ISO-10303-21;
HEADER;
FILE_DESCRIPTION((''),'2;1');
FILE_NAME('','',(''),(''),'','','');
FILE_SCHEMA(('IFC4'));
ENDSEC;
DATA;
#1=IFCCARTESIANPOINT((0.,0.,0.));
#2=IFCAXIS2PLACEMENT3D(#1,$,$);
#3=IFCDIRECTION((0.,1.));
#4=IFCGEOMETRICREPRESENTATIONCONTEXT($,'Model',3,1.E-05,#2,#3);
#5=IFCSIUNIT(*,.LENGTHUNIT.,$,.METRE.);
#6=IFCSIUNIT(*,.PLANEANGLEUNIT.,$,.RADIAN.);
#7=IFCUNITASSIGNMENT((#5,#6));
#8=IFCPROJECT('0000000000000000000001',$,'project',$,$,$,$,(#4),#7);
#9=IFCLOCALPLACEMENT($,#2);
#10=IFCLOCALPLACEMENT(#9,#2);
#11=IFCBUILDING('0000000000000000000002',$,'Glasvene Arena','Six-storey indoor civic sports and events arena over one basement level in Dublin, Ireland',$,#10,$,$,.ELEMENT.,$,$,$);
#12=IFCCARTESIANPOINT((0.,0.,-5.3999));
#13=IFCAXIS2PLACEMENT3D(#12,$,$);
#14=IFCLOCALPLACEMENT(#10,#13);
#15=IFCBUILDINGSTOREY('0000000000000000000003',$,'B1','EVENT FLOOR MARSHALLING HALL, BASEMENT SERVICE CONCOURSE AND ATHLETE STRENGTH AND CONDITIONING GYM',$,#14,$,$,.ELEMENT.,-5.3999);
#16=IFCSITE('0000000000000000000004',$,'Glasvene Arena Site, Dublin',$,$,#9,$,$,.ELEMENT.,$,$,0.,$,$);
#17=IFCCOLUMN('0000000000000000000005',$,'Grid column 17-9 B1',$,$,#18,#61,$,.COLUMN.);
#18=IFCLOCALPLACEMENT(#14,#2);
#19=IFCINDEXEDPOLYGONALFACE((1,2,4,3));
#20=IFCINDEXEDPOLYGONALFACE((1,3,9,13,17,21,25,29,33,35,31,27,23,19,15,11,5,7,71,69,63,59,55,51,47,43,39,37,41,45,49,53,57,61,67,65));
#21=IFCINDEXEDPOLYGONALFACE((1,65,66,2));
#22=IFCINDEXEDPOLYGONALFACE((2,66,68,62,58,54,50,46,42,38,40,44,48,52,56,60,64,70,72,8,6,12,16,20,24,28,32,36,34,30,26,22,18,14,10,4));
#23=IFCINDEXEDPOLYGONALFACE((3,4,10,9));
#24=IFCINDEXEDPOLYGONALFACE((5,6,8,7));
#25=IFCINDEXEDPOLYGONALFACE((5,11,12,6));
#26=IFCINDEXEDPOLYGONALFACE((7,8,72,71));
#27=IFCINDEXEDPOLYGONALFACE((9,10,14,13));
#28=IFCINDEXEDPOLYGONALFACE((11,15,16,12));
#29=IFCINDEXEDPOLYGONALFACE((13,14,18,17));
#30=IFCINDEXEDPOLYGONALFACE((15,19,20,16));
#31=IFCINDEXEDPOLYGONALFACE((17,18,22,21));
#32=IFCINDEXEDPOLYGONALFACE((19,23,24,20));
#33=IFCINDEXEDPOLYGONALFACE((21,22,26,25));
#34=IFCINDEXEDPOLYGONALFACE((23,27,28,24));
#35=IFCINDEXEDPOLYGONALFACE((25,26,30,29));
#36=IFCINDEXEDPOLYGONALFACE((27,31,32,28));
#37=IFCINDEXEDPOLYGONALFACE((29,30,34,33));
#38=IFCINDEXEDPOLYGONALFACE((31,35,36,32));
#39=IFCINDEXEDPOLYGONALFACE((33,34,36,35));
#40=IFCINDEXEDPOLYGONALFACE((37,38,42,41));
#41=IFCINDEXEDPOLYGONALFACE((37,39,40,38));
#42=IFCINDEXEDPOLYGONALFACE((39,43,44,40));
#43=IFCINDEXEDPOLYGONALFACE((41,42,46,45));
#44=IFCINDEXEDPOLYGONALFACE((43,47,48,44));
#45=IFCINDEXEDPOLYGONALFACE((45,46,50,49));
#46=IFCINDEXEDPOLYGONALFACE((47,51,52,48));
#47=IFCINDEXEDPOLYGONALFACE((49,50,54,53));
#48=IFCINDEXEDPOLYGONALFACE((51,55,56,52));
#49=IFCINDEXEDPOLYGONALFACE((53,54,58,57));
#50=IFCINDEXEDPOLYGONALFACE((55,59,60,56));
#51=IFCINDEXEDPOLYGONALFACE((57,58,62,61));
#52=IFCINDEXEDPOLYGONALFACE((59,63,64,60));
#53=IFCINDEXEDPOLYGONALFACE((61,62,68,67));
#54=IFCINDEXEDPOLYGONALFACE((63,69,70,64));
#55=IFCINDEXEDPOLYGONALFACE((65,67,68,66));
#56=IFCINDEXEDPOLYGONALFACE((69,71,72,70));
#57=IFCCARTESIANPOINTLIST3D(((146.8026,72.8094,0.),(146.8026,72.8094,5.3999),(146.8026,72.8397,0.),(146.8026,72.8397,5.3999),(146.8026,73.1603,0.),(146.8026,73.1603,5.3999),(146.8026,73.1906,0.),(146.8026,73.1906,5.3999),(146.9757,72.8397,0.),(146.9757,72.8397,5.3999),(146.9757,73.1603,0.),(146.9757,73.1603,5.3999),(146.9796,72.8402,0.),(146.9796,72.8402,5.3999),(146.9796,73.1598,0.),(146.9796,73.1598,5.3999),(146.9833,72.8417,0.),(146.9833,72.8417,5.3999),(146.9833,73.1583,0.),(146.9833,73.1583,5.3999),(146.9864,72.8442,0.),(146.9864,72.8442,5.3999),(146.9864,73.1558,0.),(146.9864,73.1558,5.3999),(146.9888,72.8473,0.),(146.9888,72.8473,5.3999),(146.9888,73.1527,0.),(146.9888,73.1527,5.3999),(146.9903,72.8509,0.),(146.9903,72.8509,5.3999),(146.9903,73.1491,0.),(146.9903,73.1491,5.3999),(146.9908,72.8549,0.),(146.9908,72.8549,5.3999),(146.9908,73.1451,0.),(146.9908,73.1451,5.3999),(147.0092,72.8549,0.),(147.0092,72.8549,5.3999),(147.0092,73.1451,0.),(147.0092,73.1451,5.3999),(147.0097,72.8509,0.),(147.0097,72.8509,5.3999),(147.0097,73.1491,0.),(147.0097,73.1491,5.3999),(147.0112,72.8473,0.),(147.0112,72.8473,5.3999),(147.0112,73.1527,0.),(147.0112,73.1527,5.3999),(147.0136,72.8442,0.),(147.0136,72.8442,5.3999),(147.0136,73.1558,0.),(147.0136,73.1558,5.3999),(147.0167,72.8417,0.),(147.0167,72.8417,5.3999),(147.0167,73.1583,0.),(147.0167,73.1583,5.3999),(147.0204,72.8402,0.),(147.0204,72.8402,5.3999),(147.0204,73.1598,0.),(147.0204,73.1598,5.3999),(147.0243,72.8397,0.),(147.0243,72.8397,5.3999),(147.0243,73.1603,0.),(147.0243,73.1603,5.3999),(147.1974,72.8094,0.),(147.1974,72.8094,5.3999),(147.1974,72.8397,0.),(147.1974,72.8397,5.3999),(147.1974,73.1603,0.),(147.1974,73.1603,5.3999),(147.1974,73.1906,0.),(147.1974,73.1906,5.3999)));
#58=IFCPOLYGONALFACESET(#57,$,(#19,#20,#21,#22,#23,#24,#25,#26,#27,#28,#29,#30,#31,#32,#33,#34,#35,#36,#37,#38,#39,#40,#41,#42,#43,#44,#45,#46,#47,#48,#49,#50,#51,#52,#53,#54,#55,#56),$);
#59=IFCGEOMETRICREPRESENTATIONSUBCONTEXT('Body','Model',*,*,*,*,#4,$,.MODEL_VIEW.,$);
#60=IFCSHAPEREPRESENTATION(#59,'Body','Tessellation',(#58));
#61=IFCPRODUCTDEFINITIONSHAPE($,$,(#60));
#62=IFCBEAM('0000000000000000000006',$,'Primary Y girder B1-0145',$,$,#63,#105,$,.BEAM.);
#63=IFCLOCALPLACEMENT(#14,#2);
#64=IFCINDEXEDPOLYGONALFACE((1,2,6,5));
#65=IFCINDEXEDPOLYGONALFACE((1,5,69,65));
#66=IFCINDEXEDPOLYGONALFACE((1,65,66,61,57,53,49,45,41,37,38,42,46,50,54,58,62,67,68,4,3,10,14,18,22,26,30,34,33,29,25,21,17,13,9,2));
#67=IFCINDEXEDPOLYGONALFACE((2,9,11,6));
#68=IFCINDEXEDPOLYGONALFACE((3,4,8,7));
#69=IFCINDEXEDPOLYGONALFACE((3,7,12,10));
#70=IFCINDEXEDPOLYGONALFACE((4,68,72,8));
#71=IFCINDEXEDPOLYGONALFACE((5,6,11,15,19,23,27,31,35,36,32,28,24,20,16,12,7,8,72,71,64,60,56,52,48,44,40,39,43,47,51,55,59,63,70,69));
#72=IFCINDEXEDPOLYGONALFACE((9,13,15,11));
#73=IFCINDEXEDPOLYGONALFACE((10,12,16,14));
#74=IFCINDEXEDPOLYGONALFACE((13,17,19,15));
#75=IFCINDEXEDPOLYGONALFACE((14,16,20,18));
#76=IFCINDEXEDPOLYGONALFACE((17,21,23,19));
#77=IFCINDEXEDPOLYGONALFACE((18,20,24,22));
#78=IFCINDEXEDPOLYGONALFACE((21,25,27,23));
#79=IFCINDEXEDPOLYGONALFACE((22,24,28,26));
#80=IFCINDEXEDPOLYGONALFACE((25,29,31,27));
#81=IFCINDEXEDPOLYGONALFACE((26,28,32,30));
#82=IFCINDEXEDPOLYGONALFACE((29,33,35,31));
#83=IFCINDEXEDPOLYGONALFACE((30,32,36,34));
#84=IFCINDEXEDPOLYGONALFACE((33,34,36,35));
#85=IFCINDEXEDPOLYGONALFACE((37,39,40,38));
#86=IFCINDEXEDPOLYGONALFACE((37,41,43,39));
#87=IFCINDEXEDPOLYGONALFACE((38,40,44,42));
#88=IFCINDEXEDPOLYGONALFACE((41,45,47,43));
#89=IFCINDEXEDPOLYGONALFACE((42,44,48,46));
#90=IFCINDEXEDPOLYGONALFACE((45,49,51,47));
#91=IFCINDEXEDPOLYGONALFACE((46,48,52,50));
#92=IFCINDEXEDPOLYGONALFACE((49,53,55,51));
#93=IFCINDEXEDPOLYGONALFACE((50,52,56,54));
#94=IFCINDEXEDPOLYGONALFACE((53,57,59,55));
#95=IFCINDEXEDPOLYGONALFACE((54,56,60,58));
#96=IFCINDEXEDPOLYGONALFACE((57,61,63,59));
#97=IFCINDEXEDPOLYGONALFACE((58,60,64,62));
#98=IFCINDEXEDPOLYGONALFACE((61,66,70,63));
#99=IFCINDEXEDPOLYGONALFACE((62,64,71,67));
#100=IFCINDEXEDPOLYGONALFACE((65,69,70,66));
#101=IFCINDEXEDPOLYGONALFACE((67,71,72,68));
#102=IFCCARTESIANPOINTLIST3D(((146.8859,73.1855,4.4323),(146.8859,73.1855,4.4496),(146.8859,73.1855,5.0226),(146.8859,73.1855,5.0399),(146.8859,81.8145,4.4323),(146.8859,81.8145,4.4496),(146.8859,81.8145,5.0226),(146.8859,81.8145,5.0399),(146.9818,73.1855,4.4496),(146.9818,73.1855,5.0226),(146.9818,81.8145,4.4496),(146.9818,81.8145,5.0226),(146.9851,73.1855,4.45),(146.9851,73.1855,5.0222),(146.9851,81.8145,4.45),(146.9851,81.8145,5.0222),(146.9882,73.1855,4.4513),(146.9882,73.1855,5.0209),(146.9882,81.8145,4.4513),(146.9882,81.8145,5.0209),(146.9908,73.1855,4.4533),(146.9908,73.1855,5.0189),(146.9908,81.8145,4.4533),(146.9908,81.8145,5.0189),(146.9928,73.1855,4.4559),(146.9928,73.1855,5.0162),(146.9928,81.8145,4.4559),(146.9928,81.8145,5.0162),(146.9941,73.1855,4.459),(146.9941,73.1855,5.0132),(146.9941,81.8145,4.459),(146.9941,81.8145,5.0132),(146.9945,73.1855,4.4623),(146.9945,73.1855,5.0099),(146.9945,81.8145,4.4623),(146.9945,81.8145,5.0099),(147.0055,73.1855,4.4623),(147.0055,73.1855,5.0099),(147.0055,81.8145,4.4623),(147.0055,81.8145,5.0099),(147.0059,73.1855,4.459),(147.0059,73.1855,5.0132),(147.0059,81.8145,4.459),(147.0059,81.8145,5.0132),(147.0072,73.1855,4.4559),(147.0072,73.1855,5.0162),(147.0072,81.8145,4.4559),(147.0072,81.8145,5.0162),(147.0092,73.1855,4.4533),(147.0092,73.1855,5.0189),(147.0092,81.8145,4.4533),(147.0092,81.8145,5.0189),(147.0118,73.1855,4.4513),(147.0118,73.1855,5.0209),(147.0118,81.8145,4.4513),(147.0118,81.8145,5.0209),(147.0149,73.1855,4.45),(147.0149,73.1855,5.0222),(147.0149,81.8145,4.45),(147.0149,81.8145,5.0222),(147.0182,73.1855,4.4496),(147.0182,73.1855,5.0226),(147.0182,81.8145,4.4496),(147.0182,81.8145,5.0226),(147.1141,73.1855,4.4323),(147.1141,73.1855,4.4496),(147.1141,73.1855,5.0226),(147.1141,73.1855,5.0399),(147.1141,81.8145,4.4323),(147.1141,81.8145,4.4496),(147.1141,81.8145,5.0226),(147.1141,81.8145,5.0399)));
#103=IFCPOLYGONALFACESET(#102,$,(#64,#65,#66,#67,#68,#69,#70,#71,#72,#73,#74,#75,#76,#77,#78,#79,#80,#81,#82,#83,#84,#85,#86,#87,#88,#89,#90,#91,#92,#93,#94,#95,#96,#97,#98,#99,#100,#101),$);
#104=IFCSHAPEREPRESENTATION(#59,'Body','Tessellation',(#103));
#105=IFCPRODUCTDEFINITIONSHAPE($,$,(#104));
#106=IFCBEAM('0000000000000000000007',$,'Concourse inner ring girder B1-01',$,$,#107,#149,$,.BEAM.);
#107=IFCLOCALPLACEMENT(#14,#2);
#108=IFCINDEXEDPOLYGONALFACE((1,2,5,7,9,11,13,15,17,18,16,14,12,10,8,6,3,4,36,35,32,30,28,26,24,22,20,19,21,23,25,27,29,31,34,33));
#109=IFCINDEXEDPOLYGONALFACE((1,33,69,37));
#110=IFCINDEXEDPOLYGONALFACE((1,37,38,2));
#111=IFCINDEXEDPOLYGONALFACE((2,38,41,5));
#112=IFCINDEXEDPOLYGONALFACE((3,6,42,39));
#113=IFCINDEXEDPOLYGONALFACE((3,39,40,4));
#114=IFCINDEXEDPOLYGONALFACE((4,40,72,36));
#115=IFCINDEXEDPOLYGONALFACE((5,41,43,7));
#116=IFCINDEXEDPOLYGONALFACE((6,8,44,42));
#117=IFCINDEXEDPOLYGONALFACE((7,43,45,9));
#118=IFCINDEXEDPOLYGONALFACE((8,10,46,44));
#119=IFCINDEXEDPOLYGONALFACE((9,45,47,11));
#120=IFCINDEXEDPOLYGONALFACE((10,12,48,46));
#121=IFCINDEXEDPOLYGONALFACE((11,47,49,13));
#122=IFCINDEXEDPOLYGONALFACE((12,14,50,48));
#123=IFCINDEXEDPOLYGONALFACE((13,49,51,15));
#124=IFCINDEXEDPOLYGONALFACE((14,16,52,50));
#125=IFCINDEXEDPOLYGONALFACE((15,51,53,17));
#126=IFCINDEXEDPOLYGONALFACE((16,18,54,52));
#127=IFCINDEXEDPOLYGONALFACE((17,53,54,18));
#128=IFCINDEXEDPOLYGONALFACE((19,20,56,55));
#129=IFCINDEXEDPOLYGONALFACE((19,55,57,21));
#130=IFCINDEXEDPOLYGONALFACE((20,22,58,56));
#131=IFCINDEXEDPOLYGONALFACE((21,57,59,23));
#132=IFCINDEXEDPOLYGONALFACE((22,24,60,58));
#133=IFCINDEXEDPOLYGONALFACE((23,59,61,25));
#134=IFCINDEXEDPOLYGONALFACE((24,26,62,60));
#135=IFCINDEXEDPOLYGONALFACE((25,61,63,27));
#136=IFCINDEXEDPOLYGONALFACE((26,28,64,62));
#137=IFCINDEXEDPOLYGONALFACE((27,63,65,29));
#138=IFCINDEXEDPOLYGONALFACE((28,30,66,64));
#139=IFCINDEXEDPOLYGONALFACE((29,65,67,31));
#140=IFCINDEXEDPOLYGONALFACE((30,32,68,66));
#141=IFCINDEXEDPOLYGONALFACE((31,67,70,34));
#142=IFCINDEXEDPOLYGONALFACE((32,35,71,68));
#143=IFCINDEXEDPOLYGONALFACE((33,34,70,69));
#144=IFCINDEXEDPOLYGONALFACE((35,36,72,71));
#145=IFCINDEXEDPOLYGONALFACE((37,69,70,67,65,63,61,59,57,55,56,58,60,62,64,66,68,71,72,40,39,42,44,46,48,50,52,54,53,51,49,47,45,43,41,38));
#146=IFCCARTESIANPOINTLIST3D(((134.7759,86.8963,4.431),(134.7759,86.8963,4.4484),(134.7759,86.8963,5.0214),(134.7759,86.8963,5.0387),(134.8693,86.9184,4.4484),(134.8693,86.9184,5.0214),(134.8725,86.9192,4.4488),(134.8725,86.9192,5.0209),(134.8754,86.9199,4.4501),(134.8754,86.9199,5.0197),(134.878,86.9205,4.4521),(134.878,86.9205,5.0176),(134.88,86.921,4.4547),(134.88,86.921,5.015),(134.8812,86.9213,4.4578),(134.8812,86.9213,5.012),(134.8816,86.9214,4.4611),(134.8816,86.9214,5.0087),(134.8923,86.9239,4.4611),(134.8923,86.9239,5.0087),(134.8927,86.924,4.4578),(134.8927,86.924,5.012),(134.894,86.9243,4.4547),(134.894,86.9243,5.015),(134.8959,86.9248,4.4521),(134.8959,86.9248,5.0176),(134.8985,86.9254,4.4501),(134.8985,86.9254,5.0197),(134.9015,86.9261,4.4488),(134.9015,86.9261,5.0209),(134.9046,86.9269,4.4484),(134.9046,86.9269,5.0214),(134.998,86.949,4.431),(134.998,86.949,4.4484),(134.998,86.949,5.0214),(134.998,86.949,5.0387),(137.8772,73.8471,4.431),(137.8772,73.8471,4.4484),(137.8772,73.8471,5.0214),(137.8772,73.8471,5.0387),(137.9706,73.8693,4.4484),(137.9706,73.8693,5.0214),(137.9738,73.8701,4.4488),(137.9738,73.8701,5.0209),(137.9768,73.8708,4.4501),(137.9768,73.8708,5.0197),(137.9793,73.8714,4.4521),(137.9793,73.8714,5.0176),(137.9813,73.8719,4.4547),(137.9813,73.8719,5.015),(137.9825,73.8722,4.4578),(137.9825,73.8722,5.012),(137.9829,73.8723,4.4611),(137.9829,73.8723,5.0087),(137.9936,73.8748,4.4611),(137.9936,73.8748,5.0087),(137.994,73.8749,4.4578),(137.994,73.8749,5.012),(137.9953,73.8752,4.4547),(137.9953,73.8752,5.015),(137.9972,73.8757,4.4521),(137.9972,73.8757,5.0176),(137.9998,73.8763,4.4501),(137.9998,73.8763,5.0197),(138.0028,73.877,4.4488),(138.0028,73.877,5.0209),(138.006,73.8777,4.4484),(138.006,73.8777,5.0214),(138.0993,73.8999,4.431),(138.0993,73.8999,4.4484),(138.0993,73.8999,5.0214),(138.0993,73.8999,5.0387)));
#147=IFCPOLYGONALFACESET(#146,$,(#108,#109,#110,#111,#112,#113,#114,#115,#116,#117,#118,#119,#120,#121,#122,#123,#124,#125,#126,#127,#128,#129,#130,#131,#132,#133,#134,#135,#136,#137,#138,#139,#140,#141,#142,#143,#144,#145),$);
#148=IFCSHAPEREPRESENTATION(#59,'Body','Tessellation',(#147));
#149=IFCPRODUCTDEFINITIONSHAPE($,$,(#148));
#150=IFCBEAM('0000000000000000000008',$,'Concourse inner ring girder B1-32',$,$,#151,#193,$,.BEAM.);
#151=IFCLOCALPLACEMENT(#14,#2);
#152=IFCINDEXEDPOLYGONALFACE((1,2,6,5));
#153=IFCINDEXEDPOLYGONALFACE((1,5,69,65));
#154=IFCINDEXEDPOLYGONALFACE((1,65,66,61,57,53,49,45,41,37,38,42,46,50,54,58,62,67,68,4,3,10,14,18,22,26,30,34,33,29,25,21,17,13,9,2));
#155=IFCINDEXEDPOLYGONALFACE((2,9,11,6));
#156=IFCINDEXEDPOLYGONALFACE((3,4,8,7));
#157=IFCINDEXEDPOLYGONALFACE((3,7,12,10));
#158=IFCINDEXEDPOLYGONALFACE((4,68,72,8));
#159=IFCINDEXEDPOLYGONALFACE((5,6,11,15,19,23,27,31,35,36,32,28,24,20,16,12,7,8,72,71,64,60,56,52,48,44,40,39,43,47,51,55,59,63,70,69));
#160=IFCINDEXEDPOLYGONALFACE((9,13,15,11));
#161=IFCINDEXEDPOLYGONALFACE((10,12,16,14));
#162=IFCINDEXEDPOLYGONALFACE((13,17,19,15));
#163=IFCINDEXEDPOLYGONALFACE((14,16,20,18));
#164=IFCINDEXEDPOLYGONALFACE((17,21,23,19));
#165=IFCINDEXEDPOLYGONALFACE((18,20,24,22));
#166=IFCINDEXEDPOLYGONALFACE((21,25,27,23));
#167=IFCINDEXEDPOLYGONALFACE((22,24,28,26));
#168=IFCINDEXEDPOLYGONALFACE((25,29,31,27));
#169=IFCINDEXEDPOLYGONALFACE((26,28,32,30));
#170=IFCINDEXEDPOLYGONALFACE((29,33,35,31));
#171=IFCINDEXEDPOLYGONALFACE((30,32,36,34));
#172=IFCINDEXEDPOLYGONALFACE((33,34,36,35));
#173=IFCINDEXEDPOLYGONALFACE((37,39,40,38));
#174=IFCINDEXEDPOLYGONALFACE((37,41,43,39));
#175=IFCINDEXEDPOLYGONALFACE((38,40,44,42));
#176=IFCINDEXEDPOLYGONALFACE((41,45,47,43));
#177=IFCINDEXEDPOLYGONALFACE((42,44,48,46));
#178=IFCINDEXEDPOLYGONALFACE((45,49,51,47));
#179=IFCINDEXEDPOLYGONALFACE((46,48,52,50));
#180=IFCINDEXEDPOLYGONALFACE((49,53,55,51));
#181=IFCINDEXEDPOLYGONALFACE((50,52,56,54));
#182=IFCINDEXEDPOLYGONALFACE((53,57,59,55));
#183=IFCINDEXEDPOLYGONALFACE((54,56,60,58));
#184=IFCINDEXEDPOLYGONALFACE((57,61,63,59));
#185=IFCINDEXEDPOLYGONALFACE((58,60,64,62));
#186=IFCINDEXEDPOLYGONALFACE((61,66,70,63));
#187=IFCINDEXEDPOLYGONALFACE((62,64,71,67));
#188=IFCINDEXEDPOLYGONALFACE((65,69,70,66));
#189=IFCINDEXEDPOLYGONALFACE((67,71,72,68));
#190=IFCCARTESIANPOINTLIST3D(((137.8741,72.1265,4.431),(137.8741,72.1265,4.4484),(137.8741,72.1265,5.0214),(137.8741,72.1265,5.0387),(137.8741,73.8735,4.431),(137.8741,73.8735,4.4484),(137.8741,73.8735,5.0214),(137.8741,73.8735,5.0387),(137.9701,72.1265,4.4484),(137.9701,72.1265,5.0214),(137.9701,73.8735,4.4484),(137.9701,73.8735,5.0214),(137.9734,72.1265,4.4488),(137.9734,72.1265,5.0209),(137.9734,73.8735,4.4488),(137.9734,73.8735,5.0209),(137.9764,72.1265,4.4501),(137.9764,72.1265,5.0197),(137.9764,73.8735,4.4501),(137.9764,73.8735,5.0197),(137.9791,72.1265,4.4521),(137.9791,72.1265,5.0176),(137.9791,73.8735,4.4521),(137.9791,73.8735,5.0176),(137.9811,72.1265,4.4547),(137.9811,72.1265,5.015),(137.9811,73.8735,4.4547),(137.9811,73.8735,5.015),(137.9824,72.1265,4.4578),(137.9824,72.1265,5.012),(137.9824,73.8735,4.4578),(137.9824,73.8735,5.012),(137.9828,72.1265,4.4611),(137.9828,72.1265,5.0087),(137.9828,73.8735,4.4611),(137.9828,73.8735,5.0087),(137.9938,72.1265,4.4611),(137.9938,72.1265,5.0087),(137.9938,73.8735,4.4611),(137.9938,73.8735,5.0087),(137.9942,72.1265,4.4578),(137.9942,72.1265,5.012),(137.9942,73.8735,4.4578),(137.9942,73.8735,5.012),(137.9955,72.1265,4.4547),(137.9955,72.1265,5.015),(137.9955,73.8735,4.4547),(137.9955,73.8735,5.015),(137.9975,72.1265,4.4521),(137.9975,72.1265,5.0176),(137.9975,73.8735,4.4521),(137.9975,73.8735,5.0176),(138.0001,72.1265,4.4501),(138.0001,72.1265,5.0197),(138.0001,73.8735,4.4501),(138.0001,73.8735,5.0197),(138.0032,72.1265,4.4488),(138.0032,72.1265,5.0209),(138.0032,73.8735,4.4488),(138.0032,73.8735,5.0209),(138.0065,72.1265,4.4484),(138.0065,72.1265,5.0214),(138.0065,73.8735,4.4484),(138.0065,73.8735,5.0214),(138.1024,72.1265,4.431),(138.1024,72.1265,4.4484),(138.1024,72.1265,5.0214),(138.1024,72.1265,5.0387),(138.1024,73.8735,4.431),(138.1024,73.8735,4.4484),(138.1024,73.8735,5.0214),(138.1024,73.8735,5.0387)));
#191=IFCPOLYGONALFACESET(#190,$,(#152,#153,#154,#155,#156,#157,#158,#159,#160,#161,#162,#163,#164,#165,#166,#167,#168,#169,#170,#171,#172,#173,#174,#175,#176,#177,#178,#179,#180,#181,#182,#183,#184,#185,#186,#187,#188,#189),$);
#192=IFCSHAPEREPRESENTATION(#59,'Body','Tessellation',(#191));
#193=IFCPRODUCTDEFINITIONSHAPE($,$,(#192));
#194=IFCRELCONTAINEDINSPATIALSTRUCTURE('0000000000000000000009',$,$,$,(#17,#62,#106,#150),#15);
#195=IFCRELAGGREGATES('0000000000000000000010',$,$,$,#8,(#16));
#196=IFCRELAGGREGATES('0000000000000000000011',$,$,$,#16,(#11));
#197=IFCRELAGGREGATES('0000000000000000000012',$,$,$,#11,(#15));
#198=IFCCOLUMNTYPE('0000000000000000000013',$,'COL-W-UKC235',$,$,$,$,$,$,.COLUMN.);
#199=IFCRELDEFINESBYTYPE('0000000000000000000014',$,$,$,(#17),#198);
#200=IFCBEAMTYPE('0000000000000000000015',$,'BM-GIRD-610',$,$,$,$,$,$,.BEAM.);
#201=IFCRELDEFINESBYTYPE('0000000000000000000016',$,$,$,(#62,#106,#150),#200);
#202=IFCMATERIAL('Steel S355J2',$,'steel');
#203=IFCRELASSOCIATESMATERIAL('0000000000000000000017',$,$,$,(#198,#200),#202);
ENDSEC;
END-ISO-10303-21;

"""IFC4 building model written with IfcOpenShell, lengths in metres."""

from ifc_helpers import new_model, si_unit, direction, frame, origin, origin_2d, place, context, subcontext, project, spatial, i_section, extrude, material, material_profile, profile_set, type_object, element, save


model = new_model("IFC4")

# Units and contexts
model_context = context("Model", 3, precision=1e-05, world=origin(), true_north=direction((0.0, 1.0)))
body_context = subcontext(model_context, "Body", "Model", "MODEL_VIEW")
ifc_project = project(units=[si_unit("LENGTHUNIT", "METRE"), si_unit("PLANEANGLEUNIT", "RADIAN")], contexts=[model_context])

# Site, building, storey
site_placement = place(None, origin())
site = spatial("IfcSite", under=ifc_project, at=site_placement, Name="Glasvene Arena Site, Dublin", CompositionType="ELEMENT", RefElevation=0.0)
building_placement = place(site_placement, origin())
building = spatial("IfcBuilding", under=site, at=building_placement, Name="Glasvene Arena", Description="Six-storey indoor civic sports and events arena over one basement level in Dublin, Ireland", CompositionType="ELEMENT")
storey_placement = place(building_placement, frame((0.0, 0.0, -5.3999)))
storey = spatial("IfcBuildingStorey", under=building, at=storey_placement, Name="B1", Description="EVENT FLOOR MARSHALLING HALL, BASEMENT SERVICE CONCOURSE AND ATHLETE STRENGTH AND CONDITIONING GYM", CompositionType="ELEMENT", Elevation=-5.3999)

# Column
ifc_material_1 = material(Name="Steel S355J2", Category="steel")
ifc_material_profile_1 = material_profile(ifc_material_1, i_section(OverallWidth=0.3948, OverallDepth=0.3811, WebThickness=0.0183, FlangeThickness=0.0303, FilletRadius=0.0151, at=origin_2d()), Name="UKC 356x406x235")
ifc_profile_set_1 = profile_set([ifc_material_profile_1], Name="Steel S355J2")
column_type_1 = type_object("IfcColumnType", Name="COL-W-UKC235", PredefinedType="COLUMN", material=ifc_profile_set_1)
column_placement = place(storey_placement, frame((147.0, 73.0, 0.0), z_axis=(0.0, 0.0, 1.0), x_axis=(1.0, 0.0, 0.0)))
element("IfcColumn", 1, at=column_placement, inside=storey, type_object=column_type_1, Name="Grid column 17-9 B1", PredefinedType="COLUMN", context=body_context, shape_type="SweptSolid", body=[
    extrude(i_section(OverallWidth=0.3948, OverallDepth=0.3811, WebThickness=0.0183, FlangeThickness=0.0303, FilletRadius=0.0151, at=origin_2d()), origin(), (0.0, 0.0, 1.0), 5.3999),
])

# Beams
ifc_material_profile_2 = material_profile(ifc_material_1, i_section(OverallWidth=0.2283, OverallDepth=0.6077, WebThickness=0.011, FlangeThickness=0.0173, FilletRadius=0.0127, at=origin_2d()), Name="UKB 610x229x113")
ifc_profile_set_2 = profile_set([ifc_material_profile_2], Name="Steel S355J2")
beam_type_1 = type_object("IfcBeamType", Name="BM-GIRD-610", PredefinedType="BEAM", material=ifc_profile_set_2)
beam_1_placement = place(storey_placement, frame((147.0, 73.1855, 4.7361), z_axis=(0.0, 1.0, 0.0), x_axis=(-1.0, 0.0, 0.0)))
element("IfcBeam", 2, at=beam_1_placement, inside=storey, type_object=beam_type_1, Name="Primary Y girder B1-0145", PredefinedType="BEAM", context=body_context, shape_type="SweptSolid", body=[
    extrude(i_section(OverallWidth=0.2283, OverallDepth=0.6077, WebThickness=0.011, FlangeThickness=0.0173, FilletRadius=0.0127, at=origin_2d()), origin(), (0.0, 0.0, 1.0), 8.6289),
])
beam_2_placement = place(storey_placement, frame((137.9883, 73.8735, 4.7349), z_axis=(-0.231225, 0.9729, 0.0), x_axis=(-0.9729, -0.231225, 0.0)))
element("IfcBeam", 3, at=beam_2_placement, inside=storey, type_object=beam_type_1, Name="Concourse inner ring girder B1-01", PredefinedType="BEAM", context=body_context, shape_type="SweptSolid", body=[
    extrude(i_section(OverallWidth=0.2283, OverallDepth=0.6077, WebThickness=0.011, FlangeThickness=0.0173, FilletRadius=0.0127, at=origin_2d()), origin(), (0.0, 0.0, 1.0), 13.4126),
])
beam_3_placement = place(storey_placement, frame((137.9883, 72.1265, 4.7349), z_axis=(0.0, 1.0, 0.0), x_axis=(-1.0, 0.0, 0.0)))
element("IfcBeam", 4, at=beam_3_placement, inside=storey, type_object=beam_type_1, Name="Concourse inner ring girder B1-32", PredefinedType="BEAM", context=body_context, shape_type="SweptSolid", body=[
    extrude(i_section(OverallWidth=0.2283, OverallDepth=0.6077, WebThickness=0.011, FlangeThickness=0.0173, FilletRadius=0.0127, at=origin_2d()), origin(), (0.0, 0.0, 1.0), 1.7471),
])

save(model, "model.ifc")
